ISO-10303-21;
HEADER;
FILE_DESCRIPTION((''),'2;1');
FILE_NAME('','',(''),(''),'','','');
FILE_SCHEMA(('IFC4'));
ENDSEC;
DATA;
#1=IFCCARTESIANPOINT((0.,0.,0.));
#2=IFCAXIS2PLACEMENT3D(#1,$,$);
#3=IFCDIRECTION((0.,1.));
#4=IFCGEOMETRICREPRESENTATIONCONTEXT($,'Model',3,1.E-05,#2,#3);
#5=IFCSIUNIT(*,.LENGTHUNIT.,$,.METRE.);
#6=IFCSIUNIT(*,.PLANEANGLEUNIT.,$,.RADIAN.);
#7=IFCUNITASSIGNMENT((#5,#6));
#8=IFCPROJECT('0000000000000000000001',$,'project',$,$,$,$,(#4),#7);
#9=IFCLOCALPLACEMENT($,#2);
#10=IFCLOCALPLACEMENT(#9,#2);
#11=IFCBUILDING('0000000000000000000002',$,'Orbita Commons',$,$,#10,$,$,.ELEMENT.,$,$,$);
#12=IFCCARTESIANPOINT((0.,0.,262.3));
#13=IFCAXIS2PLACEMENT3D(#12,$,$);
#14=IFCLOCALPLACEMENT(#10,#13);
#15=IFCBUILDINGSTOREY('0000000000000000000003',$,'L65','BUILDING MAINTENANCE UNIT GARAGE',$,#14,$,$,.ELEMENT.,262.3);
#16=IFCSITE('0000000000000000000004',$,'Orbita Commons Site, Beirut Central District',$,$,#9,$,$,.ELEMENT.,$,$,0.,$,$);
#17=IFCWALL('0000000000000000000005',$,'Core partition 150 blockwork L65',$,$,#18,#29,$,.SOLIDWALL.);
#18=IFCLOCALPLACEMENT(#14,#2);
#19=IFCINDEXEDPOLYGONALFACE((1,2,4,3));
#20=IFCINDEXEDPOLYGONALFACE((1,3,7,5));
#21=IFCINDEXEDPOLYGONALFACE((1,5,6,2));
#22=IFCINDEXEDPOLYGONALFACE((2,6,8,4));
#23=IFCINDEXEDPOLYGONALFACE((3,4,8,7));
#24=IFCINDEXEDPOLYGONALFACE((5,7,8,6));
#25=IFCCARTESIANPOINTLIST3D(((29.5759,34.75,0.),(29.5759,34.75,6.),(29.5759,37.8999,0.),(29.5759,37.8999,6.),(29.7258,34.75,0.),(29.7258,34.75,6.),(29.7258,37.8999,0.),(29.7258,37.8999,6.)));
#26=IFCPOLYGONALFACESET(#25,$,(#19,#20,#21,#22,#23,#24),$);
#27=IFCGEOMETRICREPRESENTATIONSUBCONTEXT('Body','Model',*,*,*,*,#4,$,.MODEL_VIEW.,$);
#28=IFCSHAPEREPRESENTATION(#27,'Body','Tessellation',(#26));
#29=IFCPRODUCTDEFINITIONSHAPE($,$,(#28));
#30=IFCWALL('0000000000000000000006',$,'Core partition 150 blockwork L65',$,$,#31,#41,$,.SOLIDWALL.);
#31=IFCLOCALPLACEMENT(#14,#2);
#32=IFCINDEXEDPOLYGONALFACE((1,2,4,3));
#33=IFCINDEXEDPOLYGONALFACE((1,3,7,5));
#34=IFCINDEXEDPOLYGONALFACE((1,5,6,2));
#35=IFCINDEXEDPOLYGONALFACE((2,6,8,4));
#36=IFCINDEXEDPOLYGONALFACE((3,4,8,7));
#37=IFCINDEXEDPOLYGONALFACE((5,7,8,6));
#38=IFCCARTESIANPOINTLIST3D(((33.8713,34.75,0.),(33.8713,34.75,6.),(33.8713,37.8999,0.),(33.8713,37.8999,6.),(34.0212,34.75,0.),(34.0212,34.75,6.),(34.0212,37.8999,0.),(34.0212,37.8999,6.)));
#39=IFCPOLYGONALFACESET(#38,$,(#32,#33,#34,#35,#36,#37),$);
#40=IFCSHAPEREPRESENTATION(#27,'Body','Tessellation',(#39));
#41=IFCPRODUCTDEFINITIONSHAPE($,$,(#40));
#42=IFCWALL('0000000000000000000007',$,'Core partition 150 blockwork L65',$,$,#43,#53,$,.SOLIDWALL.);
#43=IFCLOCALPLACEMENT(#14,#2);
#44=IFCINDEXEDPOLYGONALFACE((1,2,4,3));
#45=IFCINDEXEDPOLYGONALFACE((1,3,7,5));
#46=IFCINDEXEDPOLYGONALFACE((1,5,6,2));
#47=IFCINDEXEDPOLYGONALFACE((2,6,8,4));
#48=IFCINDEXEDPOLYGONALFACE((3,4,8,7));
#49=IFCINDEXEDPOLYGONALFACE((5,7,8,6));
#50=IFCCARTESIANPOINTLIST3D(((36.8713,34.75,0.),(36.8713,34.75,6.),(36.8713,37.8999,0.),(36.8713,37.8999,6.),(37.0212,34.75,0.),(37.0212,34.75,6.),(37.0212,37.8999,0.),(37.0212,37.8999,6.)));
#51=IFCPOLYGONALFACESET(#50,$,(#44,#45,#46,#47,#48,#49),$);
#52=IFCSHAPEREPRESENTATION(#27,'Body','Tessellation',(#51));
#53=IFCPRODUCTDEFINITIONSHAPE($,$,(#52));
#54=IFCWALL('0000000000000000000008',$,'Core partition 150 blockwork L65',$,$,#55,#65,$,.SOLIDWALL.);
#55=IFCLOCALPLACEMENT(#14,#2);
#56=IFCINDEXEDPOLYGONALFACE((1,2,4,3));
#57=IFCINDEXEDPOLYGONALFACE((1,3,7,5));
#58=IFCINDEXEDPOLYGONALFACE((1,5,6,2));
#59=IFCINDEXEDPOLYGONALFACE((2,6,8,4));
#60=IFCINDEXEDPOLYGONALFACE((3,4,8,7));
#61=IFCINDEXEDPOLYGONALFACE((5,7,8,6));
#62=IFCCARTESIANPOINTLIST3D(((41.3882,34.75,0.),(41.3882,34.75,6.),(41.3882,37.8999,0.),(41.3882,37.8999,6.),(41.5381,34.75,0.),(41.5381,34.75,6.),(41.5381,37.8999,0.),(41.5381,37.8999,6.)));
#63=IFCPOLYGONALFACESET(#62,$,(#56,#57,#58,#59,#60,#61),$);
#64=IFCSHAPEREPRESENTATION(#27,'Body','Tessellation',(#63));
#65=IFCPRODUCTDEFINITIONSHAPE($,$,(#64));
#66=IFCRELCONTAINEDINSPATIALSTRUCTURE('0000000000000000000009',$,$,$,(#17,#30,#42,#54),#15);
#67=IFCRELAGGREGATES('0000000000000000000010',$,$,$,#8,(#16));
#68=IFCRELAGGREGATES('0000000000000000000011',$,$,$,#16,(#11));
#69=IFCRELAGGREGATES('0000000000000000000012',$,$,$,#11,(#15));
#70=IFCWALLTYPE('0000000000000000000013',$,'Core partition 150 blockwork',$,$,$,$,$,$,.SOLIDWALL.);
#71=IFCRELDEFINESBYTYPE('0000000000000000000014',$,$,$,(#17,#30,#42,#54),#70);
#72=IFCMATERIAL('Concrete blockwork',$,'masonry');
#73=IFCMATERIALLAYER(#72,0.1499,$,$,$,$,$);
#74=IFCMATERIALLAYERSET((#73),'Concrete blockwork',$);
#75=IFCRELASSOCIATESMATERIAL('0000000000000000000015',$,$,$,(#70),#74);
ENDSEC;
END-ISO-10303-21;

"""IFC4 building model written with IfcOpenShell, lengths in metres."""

from ifc_helpers import new_model, si_unit, direction, frame, frame_2d, origin, place, context, subcontext, project, spatial, rectangle, extrude, material, layer, layer_set, type_object, element, save


model = new_model("IFC4")

# Units and contexts
model_context = context("Model", 3, precision=1e-05, world=origin(), true_north=direction((0.0, 1.0)))
body_context = subcontext(model_context, "Body", "Model", "MODEL_VIEW")
ifc_project = project(units=[si_unit("LENGTHUNIT", "METRE"), si_unit("PLANEANGLEUNIT", "RADIAN")], contexts=[model_context])

# Site, building, storey
site_placement = place(None, origin())
site = spatial("IfcSite", under=ifc_project, at=site_placement, Name="Orbita Commons Site, Beirut Central District", CompositionType="ELEMENT", RefElevation=0.0)
building_placement = place(site_placement, origin())
building = spatial("IfcBuilding", under=site, at=building_placement, Name="Orbita Commons", CompositionType="ELEMENT")
storey_placement = place(building_placement, frame((0.0, 0.0, 262.3)))
storey = spatial("IfcBuildingStorey", under=building, at=storey_placement, Name="L65", Description="BUILDING MAINTENANCE UNIT GARAGE", CompositionType="ELEMENT", Elevation=262.3)

# Walls
ifc_material_1 = material(Name="Concrete blockwork", Category="masonry")
ifc_layer_1 = layer(ifc_material_1, 0.1499)
ifc_layer_set_1 = layer_set([ifc_layer_1], Name="Concrete blockwork")
wall_type_1 = type_object("IfcWallType", Name="Core partition 150 blockwork", PredefinedType="SOLIDWALL", material=ifc_layer_set_1)
for number, where, z_axis, x_axis, name in (
    (1, (29.6509, 34.75, 0.0), (0.0, 0.0, 1.0), (0.0, 1.0, 0.0), "Core partition 150 blockwork L65"),
    (2, (33.9463, 34.75, 0.0), (0.0, 0.0, 1.0), (0.0, 1.0, 0.0), "Core partition 150 blockwork L65"),
    (3, (36.9463, 34.75, 0.0), (0.0, 0.0, 1.0), (0.0, 1.0, 0.0), "Core partition 150 blockwork L65"),
    (4, (41.4631, 34.75, 0.0), (0.0, 0.0, 1.0), (0.0, 1.0, 0.0), "Core partition 150 blockwork L65"),
):
    element("IfcWall", number, at=place(storey_placement, frame(where, z_axis=z_axis, x_axis=x_axis)), inside=storey, type_object=wall_type_1, Name=name, PredefinedType="SOLIDWALL", context=body_context, shape_type="SweptSolid", body=[
        extrude(rectangle(XDim=3.1499, YDim=0.1499, at=frame_2d((1.575, 0.0))), origin(), (0.0, 0.0, 1.0), 6.0),
    ])

save(model, "model.ifc")
